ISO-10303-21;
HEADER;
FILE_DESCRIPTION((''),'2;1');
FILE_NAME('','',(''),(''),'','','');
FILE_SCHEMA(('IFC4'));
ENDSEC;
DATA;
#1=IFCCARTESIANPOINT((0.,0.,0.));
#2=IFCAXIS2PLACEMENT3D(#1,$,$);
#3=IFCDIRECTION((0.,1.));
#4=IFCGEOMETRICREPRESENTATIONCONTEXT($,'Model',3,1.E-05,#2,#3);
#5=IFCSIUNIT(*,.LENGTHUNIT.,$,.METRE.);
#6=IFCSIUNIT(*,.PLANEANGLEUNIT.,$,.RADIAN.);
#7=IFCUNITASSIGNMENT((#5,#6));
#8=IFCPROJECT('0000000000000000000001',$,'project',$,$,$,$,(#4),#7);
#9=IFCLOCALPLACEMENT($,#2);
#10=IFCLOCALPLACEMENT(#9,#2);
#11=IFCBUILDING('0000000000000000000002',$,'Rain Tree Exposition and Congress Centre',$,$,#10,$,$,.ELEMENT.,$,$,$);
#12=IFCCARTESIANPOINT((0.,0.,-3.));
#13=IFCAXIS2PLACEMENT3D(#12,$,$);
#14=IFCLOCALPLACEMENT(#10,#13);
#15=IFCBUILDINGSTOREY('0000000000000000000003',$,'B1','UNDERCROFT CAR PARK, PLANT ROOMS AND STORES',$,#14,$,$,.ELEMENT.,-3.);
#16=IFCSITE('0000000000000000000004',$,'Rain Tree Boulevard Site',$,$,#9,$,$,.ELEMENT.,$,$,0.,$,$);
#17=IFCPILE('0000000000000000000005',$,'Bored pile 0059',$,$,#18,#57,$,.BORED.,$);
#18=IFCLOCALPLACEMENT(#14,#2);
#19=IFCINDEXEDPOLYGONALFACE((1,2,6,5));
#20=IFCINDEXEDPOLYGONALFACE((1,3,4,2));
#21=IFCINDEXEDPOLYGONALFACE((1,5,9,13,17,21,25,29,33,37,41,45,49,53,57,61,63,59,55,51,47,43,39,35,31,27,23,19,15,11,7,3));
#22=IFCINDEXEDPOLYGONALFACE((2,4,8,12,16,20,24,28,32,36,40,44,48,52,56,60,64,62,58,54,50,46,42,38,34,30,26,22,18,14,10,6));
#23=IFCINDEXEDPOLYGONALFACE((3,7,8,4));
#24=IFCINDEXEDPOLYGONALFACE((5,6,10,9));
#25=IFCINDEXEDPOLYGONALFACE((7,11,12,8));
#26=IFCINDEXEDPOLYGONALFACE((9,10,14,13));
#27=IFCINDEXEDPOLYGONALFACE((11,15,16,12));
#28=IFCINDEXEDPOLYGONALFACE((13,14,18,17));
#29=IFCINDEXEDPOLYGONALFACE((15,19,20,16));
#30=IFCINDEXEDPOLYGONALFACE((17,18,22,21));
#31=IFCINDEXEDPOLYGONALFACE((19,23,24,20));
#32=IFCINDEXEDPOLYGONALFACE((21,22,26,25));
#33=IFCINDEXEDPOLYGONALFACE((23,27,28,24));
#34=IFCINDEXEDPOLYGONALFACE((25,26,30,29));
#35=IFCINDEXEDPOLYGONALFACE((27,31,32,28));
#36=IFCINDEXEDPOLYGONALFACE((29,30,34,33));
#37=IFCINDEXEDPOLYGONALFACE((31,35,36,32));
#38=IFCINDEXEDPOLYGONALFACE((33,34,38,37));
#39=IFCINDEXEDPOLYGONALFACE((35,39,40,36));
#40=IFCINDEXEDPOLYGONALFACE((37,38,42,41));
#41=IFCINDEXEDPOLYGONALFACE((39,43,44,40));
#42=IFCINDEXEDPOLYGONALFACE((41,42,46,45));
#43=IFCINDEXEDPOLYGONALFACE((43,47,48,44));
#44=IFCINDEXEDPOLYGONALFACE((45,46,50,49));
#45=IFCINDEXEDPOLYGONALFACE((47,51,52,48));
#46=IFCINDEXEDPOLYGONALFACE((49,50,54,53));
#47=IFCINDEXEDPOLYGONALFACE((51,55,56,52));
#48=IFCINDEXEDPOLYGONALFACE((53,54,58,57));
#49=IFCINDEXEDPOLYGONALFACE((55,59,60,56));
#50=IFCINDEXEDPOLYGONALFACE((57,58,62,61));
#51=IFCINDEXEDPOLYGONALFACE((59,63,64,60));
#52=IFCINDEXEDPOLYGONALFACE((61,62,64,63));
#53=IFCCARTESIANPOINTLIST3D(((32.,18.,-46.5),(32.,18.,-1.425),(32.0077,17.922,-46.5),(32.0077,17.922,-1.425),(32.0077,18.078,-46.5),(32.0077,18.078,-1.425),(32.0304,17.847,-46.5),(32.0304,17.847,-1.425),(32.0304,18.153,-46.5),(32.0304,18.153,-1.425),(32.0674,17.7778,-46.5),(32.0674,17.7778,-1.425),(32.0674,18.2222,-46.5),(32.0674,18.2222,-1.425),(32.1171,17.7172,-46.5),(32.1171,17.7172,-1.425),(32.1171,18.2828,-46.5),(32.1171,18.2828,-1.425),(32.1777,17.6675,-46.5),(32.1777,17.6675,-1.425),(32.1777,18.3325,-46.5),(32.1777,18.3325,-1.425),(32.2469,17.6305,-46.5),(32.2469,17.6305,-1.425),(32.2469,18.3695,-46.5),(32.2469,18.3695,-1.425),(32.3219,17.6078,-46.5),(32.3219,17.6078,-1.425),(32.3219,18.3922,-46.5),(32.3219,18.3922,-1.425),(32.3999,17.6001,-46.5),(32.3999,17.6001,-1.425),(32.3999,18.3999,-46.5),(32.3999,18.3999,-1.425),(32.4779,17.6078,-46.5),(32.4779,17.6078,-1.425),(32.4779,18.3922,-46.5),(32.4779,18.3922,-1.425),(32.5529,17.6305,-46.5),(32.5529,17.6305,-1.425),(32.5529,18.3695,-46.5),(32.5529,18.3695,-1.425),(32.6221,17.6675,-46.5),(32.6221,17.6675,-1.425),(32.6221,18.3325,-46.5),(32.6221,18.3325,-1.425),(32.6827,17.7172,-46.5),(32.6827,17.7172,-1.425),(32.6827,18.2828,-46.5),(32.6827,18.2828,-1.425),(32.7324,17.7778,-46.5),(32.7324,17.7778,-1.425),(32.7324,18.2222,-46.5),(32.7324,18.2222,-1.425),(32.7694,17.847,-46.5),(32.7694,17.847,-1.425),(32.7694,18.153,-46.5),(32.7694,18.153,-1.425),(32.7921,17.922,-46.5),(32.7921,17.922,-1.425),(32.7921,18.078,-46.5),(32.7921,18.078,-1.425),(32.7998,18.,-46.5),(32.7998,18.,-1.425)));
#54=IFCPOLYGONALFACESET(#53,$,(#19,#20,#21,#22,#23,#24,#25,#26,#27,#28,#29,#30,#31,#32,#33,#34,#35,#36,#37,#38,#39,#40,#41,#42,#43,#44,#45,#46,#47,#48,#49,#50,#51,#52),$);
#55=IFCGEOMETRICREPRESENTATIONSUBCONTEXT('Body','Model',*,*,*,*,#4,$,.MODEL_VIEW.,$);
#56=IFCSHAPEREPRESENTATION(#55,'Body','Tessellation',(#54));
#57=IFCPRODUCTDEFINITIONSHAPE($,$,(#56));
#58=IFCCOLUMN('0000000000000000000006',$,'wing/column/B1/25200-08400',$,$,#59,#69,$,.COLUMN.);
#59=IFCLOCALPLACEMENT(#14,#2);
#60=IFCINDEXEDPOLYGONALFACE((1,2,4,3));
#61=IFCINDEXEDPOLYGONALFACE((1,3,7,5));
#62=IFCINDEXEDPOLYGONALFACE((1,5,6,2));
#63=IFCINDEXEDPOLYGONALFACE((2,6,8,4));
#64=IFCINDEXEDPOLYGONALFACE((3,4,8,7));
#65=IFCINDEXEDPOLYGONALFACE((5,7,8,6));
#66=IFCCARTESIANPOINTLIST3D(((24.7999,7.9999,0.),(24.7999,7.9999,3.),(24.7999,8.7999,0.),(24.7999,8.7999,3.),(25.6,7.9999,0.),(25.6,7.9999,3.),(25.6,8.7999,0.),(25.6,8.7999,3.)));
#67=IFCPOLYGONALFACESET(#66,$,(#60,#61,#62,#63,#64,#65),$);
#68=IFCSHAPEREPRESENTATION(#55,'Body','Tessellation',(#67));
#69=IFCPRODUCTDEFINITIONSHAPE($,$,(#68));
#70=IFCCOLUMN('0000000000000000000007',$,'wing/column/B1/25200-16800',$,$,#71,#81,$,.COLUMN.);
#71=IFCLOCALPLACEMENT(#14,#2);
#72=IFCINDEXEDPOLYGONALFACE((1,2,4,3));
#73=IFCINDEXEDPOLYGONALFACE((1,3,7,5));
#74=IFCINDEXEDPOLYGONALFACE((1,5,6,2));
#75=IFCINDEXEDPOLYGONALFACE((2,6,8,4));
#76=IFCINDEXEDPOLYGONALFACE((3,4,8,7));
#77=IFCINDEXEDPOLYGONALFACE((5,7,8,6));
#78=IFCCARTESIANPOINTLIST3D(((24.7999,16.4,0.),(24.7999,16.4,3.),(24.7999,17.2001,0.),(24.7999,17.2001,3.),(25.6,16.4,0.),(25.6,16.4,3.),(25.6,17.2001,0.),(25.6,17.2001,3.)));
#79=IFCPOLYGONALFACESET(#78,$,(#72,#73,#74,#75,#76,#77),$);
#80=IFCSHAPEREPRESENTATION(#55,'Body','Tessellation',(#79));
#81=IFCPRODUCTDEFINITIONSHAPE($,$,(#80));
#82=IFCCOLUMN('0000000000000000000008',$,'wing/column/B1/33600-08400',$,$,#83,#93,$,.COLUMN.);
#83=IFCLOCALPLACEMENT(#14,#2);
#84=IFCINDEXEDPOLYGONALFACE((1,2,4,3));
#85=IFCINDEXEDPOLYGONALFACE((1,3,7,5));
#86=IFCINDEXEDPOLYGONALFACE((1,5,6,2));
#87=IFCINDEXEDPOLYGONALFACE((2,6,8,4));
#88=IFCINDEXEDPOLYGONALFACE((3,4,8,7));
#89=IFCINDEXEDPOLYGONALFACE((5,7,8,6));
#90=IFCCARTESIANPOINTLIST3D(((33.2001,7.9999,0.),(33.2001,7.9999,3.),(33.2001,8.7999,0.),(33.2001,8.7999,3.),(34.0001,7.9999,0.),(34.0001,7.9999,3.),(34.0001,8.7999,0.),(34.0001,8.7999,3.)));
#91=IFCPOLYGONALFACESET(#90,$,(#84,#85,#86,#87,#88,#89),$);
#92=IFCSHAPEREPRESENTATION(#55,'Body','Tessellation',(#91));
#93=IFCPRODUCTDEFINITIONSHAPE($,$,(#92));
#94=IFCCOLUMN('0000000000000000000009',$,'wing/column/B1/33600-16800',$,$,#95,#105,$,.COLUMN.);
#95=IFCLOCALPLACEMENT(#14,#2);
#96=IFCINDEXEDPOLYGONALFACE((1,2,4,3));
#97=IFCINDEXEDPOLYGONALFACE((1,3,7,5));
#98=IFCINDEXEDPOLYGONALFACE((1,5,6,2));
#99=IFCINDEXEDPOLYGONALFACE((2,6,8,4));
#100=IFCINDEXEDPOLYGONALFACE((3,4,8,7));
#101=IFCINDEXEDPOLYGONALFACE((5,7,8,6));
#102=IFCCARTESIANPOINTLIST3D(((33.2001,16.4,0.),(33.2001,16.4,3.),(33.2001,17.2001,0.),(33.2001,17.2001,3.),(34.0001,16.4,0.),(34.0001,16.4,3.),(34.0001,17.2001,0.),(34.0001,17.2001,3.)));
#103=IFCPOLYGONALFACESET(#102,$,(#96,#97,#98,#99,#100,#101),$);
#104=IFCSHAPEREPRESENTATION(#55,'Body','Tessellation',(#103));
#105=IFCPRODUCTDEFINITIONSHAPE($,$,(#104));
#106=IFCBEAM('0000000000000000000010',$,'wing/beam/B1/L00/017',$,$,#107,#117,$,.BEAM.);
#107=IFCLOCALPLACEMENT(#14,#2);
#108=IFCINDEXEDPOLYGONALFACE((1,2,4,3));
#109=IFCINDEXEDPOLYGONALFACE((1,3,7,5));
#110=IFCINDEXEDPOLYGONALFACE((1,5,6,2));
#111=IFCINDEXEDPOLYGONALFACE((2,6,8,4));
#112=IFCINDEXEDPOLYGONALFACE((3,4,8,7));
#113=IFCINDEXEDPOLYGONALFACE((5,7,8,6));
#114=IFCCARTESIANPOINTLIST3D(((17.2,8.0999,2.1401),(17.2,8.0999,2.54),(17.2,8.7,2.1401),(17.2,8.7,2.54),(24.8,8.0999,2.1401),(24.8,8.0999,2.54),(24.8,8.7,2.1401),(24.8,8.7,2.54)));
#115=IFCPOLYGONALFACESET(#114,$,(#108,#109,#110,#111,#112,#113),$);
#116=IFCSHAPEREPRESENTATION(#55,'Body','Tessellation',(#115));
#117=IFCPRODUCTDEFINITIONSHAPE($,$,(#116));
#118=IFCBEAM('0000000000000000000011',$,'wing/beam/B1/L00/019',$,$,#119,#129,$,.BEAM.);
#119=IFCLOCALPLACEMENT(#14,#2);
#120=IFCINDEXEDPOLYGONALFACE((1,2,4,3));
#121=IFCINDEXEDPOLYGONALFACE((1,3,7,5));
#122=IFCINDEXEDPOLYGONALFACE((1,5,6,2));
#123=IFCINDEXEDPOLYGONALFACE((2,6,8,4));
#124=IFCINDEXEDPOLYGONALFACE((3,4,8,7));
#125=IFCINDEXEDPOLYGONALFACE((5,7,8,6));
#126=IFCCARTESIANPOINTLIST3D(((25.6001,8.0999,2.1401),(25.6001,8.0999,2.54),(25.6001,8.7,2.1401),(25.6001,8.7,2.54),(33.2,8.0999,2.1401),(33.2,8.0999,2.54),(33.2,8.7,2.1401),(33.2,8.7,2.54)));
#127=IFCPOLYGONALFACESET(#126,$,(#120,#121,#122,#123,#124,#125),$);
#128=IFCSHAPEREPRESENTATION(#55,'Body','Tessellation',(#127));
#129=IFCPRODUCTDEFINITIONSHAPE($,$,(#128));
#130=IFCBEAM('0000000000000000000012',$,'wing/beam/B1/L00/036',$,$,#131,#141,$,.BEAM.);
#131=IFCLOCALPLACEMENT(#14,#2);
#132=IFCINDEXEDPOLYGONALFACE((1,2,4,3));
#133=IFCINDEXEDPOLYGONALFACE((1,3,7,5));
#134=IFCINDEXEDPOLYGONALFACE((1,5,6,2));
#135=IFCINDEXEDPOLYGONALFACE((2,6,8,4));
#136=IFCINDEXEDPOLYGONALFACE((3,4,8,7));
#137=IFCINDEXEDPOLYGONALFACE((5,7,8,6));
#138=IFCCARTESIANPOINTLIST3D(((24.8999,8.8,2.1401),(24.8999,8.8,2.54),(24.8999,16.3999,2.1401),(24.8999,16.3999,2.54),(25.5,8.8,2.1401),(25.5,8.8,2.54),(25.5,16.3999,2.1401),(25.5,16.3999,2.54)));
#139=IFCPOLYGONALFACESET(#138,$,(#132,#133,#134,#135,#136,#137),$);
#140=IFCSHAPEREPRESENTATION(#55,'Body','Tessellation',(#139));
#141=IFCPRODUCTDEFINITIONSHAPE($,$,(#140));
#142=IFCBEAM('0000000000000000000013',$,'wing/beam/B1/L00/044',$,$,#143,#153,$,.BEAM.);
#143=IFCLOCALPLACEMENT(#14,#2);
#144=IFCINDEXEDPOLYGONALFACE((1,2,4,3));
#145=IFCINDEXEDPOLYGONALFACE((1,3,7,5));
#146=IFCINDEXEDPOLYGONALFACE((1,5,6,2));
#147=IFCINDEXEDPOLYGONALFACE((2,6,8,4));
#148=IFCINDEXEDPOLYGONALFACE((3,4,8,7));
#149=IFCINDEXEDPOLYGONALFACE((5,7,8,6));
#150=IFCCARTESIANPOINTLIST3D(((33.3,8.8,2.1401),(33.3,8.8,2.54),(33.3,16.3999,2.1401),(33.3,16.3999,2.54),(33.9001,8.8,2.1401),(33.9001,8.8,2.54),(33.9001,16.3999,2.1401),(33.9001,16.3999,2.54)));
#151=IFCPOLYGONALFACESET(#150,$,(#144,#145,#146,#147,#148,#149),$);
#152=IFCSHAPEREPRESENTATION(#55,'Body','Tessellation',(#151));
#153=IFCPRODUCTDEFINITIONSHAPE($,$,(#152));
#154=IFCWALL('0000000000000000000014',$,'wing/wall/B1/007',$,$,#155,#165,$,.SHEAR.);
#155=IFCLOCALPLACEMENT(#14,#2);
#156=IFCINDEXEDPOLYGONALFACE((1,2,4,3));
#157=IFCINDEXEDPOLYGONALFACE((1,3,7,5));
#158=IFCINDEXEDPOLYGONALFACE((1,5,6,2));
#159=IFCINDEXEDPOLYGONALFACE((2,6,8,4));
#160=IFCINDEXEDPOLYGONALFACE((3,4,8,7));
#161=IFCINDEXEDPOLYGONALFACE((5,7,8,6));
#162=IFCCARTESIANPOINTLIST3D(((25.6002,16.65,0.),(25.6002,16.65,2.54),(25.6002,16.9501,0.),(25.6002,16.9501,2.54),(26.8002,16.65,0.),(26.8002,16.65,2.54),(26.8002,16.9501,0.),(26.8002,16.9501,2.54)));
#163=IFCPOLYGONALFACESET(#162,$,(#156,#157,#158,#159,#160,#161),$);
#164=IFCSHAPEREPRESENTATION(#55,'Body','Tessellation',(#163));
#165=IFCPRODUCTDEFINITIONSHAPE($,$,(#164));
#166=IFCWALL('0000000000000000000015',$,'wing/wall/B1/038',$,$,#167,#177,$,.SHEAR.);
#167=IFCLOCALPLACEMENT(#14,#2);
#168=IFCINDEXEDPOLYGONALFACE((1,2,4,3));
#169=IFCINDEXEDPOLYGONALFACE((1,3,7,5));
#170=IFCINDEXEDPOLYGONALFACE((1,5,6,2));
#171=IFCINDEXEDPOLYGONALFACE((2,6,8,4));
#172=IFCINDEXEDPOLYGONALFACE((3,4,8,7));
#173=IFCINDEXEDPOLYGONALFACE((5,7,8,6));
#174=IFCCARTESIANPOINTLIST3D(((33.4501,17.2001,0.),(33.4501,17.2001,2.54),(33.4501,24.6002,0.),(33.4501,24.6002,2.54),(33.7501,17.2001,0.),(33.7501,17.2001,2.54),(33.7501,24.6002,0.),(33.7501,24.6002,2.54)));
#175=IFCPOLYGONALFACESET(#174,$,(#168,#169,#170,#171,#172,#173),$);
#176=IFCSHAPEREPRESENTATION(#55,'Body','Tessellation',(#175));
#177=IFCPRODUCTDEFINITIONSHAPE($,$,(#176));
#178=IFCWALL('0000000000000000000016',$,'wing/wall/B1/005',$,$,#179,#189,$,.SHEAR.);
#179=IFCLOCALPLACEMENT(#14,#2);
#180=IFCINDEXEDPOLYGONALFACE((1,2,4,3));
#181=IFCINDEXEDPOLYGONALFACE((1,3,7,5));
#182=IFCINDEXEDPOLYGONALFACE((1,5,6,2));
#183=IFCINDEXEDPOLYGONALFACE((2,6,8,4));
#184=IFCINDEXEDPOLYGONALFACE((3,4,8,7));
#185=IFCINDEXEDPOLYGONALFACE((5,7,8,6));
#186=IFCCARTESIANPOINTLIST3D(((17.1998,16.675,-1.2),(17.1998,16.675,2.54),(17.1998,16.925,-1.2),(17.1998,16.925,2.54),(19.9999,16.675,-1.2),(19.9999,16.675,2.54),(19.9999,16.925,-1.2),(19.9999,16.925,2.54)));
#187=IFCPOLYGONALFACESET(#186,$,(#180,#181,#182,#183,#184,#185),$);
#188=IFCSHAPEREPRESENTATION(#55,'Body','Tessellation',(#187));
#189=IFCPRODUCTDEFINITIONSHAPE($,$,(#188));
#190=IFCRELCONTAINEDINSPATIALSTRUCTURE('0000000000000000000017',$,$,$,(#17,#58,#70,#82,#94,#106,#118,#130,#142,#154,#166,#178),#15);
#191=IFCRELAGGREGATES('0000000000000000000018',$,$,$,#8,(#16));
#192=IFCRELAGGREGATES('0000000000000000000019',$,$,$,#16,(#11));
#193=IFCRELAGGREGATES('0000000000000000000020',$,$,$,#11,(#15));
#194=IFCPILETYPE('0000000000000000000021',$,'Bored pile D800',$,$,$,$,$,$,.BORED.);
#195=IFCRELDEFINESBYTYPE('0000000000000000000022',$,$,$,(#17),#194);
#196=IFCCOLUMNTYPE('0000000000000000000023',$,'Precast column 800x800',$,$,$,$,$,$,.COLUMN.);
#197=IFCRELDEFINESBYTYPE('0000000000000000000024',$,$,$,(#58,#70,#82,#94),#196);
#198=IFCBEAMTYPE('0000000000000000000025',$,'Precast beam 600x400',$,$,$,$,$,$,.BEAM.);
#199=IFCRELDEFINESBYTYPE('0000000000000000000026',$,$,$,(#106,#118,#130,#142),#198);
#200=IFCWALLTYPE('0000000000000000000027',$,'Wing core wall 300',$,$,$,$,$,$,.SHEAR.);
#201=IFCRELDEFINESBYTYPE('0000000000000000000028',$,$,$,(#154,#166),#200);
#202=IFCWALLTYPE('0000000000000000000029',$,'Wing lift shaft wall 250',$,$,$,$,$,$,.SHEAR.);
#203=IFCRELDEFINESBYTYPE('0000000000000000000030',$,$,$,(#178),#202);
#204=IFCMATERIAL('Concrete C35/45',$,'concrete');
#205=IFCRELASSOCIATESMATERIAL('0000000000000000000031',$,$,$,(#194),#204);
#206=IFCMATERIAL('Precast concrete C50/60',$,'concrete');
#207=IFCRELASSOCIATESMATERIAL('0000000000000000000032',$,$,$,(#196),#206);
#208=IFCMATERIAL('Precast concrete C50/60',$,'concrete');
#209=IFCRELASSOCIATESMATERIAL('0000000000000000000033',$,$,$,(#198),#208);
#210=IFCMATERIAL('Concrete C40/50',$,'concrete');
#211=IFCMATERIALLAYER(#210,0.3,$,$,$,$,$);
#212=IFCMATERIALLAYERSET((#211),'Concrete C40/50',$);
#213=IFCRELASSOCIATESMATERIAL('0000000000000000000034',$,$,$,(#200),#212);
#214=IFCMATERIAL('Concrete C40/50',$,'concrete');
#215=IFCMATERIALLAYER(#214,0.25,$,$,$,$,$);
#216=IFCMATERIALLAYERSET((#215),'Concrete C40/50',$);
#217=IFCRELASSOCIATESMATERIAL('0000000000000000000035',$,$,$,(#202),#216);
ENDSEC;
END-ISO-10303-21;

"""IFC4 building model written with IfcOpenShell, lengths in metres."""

from ifc_helpers import new_model, si_unit, direction, frame, frame_2d, origin, origin_2d, place, context, subcontext, project, spatial, rectangle, circle, extrude, material, layer, layer_set, material_profile, profile_set, type_object, element, save


model = new_model("IFC4")

# Units and contexts
model_context = context("Model", 3, precision=1e-05, world=origin(), true_north=direction((0.0, 1.0)))
body_context = subcontext(model_context, "Body", "Model", "MODEL_VIEW")
ifc_project = project(units=[si_unit("LENGTHUNIT", "METRE"), si_unit("PLANEANGLEUNIT", "RADIAN")], contexts=[model_context])

# Site, building, storey
site_placement = place(None, origin())
site = spatial("IfcSite", under=ifc_project, at=site_placement, Name="Rain Tree Boulevard Site", CompositionType="ELEMENT", RefElevation=0.0)
building_placement = place(site_placement, origin())
building = spatial("IfcBuilding", under=site, at=building_placement, Name="Rain Tree Exposition and Congress Centre", CompositionType="ELEMENT")
storey_placement = place(building_placement, frame((0.0, 0.0, -3.0)))
storey = spatial("IfcBuildingStorey", under=building, at=storey_placement, Name="B1", Description="UNDERCROFT CAR PARK, PLANT ROOMS AND STORES", CompositionType="ELEMENT", Elevation=-3.0)

# Pile
ifc_material_1 = material(Name="Concrete C35/45", Category="concrete")
ifc_material_profile_1 = material_profile(ifc_material_1, circle(Radius=0.3999, at=origin_2d()), Name="D800")
ifc_profile_set_1 = profile_set([ifc_material_profile_1], Name="Concrete C35/45")
pile_type = type_object("IfcPileType", Name="Bored pile D800", PredefinedType="BORED", material=ifc_profile_set_1)
for number, where, z_axis, x_axis, name in (
    (1, (32.3999, 18.0, -1.425), (0.0, 0.0, -1.0), (1.0, 0.0, 0.0), "Bored pile 0059"),
):
    element("IfcPile", number, at=place(storey_placement, frame(where, z_axis=z_axis, x_axis=x_axis)), inside=storey, type_object=pile_type, Name=name, PredefinedType="BORED", context=body_context, shape_type="SweptSolid", body=[
        extrude(circle(Radius=0.3999, at=origin_2d()), origin(), (0.0, 0.0, 1.0), 45.075),
    ])

# Columns
ifc_material_2 = material(Name="Precast concrete C50/60", Category="concrete")
ifc_material_profile_2 = material_profile(ifc_material_2, rectangle(XDim=0.8, YDim=0.8, at=origin_2d()), Name="RC 800x800")
ifc_profile_set_2 = profile_set([ifc_material_profile_2], Name="Precast concrete C50/60")
column_type = type_object("IfcColumnType", Name="Precast column 800x800", PredefinedType="COLUMN", material=ifc_profile_set_2)
for number, where, z_axis, x_axis, name in (
    (2, (25.2, 8.3999, 0.0), (0.0, 0.0, 1.0), (1.0, 0.0, 0.0), "wing/column/B1/25200-08400"),
    (3, (25.2, 16.8, 0.0), (0.0, 0.0, 1.0), (1.0, 0.0, 0.0), "wing/column/B1/25200-16800"),
    (4, (33.6001, 8.3999, 0.0), (0.0, 0.0, 1.0), (1.0, 0.0, 0.0), "wing/column/B1/33600-08400"),
    (5, (33.6001, 16.8, 0.0), (0.0, 0.0, 1.0), (1.0, 0.0, 0.0), "wing/column/B1/33600-16800"),
):
    element("IfcColumn", number, at=place(storey_placement, frame(where, z_axis=z_axis, x_axis=x_axis)), inside=storey, type_object=column_type, Name=name, PredefinedType="COLUMN", context=body_context, shape_type="SweptSolid", body=[
        extrude(rectangle(XDim=0.8, YDim=0.8, at=origin_2d()), origin(), (0.0, 0.0, 1.0), 3.0),
    ])

# Beams
ifc_material_3 = material(Name="Precast concrete C50/60", Category="concrete")
ifc_material_profile_3 = material_profile(ifc_material_3, rectangle(XDim=0.6001, YDim=0.3999, at=origin_2d()), Name="RC 600x400")
ifc_profile_set_3 = profile_set([ifc_material_profile_3], Name="Precast concrete C50/60")
beam_type = type_object("IfcBeamType", Name="Precast beam 600x400", PredefinedType="BEAM", material=ifc_profile_set_3)
beam_placement = place(storey_placement, frame((17.2, 8.3999, 2.3401), z_axis=(1.0, 0.0, 0.0), x_axis=(0.0, 1.0, 0.0)))
element("IfcBeam", 6, at=beam_placement, inside=storey, type_object=beam_type, Name="wing/beam/B1/L00/017", PredefinedType="BEAM", context=body_context, shape_type="SweptSolid", body=[
    extrude(rectangle(XDim=0.6001, YDim=0.3999, at=origin_2d()), origin(), (0.0, 0.0, 1.0), 7.6001),
])
for number, where, z_axis, x_axis, name in (
    (7, (25.6001, 8.3999, 2.3401), (1.0, 0.0, 0.0), (0.0, 1.0, 0.0), "wing/beam/B1/L00/019"),
    (8, (25.2, 8.8, 2.3401), (0.0, 1.0, 0.0), (-1.0, 0.0, 0.0), "wing/beam/B1/L00/036"),
    (9, (33.6001, 8.8, 2.3401), (0.0, 1.0, 0.0), (-1.0, 0.0, 0.0), "wing/beam/B1/L00/044"),
):
    element("IfcBeam", number, at=place(storey_placement, frame(where, z_axis=z_axis, x_axis=x_axis)), inside=storey, type_object=beam_type, Name=name, PredefinedType="BEAM", context=body_context, shape_type="SweptSolid", body=[
        extrude(rectangle(XDim=0.6001, YDim=0.3999, at=origin_2d()), origin(), (0.0, 0.0, 1.0), 7.5999),
    ])

# Shared definitions
ifc_material_4 = material(Name="Concrete C40/50", Category="concrete")
ifc_layer_1 = layer(ifc_material_4, 0.3)
ifc_layer_set_1 = layer_set([ifc_layer_1], Name="Concrete C40/50")
wall_type_1 = type_object("IfcWallType", Name="Wing core wall 300", PredefinedType="SHEAR", material=ifc_layer_set_1)

# Wall
wall_1_placement = place(storey_placement, frame((25.6001, 16.8, 0.0), z_axis=(0.0, 0.0, 1.0), x_axis=(1.0, 0.0, 0.0)))
element("IfcWall", 10, at=wall_1_placement, inside=storey, type_object=wall_type_1, Name="wing/wall/B1/007", PredefinedType="SHEAR", context=body_context, shape_type="SweptSolid", body=[
    extrude(rectangle(XDim=1.2, YDim=0.3, at=frame_2d((0.6001, 0.0))), origin(), (0.0, 0.0, 1.0), 2.54),
])

# Walls
wall_2_placement = place(storey_placement, frame((33.6001, 17.2, 0.0), z_axis=(0.0, 0.0, 1.0), x_axis=(0.0, 1.0, 0.0)))
element("IfcWall", 11, at=wall_2_placement, inside=storey, type_object=wall_type_1, Name="wing/wall/B1/038", PredefinedType="SHEAR", context=body_context, shape_type="SweptSolid", body=[
    extrude(rectangle(XDim=7.4001, YDim=0.3, at=frame_2d((3.7002, 0.0))), origin(), (0.0, 0.0, 1.0), 2.54),
])
ifc_material_5 = material(Name="Concrete C40/50", Category="concrete")
ifc_layer_2 = layer(ifc_material_5, 0.25)
ifc_layer_set_2 = layer_set([ifc_layer_2], Name="Concrete C40/50")
wall_type_2 = type_object("IfcWallType", Name="Wing lift shaft wall 250", PredefinedType="SHEAR", material=ifc_layer_set_2)
wall_3_placement = place(storey_placement, frame((17.2, 16.8, -1.2), z_axis=(0.0, 0.0, 1.0), x_axis=(1.0, 0.0, 0.0)))
element("IfcWall", 12, at=wall_3_placement, inside=storey, type_object=wall_type_2, Name="wing/wall/B1/005", PredefinedType="SHEAR", context=body_context, shape_type="SweptSolid", body=[
    extrude(rectangle(XDim=2.8, YDim=0.25, at=frame_2d((1.3999, 0.0))), origin(), (0.0, 0.0, 1.0), 3.74),
])

save(model, "model.ifc")
